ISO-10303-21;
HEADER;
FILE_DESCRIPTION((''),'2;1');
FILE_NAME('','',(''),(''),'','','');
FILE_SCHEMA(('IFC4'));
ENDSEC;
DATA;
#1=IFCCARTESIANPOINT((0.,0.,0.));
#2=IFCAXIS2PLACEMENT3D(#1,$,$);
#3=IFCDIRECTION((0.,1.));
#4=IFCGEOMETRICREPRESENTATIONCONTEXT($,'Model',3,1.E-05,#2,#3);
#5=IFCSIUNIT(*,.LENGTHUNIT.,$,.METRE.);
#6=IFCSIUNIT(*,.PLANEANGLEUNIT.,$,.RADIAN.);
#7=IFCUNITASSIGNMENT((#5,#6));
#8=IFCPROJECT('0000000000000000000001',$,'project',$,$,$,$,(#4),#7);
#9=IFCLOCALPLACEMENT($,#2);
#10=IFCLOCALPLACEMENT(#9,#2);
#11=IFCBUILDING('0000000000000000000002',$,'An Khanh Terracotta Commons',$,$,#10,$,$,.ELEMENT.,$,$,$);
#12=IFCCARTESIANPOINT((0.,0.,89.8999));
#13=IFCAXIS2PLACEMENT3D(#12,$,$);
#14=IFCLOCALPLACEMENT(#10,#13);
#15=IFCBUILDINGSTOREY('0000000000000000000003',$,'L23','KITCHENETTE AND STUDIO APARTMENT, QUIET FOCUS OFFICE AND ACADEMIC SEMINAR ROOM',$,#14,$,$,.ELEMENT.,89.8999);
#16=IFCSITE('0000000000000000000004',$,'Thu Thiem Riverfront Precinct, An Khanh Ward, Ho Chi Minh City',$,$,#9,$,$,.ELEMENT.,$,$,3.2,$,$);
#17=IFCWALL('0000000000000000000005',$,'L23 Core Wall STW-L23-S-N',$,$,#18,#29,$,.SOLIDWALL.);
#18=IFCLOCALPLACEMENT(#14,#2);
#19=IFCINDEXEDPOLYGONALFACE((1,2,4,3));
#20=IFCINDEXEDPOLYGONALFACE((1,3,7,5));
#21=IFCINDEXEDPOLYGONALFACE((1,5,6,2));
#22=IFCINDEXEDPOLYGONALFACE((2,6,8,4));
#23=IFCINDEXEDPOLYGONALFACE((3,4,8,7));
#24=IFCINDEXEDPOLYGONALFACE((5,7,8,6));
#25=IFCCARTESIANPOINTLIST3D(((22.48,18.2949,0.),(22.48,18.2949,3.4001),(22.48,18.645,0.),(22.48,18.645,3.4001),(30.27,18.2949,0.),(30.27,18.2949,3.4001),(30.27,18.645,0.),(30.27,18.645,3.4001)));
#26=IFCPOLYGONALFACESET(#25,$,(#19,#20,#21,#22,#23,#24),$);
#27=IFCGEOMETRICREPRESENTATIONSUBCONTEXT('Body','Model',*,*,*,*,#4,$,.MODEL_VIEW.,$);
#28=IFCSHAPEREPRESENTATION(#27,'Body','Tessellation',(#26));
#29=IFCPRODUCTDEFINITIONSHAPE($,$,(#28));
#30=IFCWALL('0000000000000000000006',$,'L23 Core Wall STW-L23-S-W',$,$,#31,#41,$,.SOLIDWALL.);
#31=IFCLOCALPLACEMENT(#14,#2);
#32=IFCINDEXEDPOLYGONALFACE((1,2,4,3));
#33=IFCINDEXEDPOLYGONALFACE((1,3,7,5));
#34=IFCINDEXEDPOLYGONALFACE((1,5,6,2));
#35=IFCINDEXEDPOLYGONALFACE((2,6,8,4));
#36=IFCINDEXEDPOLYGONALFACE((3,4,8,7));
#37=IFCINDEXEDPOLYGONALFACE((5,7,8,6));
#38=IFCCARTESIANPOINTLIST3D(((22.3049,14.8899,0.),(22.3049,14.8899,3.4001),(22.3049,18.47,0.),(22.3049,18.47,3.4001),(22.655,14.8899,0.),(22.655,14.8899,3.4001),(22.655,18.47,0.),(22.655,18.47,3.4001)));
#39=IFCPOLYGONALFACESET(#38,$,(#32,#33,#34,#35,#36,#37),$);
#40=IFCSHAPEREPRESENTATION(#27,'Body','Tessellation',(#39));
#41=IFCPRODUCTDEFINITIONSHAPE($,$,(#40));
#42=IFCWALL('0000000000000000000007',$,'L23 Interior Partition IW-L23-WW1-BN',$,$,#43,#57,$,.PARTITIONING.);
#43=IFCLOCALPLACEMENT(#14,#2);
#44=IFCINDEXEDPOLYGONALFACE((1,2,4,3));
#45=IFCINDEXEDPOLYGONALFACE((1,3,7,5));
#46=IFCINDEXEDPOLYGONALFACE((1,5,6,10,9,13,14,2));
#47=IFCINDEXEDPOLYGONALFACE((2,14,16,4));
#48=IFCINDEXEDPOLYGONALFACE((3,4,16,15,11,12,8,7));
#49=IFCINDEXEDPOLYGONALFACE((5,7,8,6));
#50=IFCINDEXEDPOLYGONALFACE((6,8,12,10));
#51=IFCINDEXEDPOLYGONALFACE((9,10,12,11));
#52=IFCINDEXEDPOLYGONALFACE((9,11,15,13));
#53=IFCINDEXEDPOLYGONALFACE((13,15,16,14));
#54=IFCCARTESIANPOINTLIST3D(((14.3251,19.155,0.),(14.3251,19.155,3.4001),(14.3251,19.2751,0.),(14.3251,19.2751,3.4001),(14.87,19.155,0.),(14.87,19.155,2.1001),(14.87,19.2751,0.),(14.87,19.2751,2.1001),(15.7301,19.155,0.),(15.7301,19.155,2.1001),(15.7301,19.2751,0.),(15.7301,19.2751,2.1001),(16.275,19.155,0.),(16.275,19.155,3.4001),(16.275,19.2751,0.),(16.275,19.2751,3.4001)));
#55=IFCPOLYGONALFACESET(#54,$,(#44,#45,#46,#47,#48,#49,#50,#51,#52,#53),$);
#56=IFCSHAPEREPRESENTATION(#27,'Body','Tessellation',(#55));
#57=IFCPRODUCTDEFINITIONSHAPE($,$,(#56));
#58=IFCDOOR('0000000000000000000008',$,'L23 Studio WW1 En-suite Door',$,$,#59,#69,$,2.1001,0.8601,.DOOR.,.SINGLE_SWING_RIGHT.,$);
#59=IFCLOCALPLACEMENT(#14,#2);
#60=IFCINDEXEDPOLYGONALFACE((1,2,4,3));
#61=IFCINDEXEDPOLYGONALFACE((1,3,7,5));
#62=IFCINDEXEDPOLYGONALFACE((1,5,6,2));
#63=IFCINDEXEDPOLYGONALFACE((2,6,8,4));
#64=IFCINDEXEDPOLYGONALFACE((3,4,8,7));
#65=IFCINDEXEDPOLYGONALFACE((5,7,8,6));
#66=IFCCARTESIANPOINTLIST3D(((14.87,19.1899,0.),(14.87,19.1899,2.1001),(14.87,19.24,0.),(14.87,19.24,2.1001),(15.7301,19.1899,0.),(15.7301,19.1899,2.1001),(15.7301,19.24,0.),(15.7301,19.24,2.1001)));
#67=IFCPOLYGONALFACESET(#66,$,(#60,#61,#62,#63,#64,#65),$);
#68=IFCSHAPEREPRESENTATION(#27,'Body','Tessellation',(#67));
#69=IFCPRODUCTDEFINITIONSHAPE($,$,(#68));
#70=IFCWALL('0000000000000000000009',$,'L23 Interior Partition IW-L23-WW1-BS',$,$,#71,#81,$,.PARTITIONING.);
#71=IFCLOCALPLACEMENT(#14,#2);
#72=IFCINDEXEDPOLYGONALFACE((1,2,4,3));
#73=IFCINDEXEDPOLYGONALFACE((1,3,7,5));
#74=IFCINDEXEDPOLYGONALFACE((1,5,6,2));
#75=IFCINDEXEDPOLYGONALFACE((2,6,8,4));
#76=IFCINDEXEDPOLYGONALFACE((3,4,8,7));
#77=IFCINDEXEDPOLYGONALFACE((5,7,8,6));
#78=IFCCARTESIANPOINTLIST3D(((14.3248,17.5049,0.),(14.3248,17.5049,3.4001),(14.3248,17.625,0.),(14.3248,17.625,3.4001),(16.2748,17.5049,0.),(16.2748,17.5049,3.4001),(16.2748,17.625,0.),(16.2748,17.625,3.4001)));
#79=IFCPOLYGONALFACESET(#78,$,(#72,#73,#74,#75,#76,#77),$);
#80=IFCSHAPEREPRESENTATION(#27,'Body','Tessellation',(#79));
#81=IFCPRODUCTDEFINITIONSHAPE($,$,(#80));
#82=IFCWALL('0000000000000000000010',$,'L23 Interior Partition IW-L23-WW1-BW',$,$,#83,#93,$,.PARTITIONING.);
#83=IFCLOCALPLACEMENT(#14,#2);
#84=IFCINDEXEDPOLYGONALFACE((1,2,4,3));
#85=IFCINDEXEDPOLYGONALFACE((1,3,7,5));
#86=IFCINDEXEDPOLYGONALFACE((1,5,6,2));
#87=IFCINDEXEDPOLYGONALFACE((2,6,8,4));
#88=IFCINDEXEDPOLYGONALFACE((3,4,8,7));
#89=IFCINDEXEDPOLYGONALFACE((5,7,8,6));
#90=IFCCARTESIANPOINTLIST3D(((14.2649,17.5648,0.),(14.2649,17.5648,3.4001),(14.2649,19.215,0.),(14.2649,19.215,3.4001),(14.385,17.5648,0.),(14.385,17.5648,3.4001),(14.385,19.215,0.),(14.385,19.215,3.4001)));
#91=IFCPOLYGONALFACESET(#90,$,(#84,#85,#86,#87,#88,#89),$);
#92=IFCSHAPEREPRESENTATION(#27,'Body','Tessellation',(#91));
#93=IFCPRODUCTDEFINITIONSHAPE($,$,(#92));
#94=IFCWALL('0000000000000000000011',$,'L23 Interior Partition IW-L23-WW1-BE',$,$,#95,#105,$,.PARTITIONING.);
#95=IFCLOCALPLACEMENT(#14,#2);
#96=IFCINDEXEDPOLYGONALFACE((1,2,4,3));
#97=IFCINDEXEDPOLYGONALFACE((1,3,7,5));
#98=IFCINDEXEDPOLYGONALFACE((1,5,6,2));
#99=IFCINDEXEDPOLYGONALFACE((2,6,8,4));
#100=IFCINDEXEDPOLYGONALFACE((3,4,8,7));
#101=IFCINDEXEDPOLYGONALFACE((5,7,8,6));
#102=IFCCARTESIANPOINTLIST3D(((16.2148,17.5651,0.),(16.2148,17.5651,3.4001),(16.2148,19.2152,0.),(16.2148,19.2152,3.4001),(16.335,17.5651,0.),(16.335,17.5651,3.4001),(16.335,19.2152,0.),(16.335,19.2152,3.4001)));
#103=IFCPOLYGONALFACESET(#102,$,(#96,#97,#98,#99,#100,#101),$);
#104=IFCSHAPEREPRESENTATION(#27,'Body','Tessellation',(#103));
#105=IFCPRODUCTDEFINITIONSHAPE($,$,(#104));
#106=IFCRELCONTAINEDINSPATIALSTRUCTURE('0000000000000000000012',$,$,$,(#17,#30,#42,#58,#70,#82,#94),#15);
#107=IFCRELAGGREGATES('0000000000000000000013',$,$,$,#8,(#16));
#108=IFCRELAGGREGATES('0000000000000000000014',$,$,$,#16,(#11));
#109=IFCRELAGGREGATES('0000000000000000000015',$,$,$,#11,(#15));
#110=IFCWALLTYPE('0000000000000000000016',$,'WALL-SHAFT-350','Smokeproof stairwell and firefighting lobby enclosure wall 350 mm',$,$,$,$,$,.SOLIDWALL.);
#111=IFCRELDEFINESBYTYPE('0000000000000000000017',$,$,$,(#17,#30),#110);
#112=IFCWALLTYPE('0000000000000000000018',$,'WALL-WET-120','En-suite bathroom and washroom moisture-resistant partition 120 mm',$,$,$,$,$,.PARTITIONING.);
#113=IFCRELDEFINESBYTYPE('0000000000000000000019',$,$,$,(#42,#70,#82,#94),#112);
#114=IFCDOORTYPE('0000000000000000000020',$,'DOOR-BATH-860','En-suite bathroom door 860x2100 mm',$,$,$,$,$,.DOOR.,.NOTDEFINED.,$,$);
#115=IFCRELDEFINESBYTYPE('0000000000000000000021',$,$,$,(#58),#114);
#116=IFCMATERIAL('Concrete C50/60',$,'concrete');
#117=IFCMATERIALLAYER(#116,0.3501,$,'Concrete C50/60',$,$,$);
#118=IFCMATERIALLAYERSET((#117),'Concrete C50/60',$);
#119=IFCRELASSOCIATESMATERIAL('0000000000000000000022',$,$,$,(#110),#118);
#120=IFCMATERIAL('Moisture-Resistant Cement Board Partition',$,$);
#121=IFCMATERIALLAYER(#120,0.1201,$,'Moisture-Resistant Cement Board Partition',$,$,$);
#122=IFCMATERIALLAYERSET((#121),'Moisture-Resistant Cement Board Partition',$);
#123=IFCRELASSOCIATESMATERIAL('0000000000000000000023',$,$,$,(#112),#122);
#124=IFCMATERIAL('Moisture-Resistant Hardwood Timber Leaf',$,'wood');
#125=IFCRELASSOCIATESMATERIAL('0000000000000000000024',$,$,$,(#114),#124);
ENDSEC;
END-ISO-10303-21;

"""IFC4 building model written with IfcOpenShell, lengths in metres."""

from ifc_helpers import new_model, si_unit, direction, frame, frame_2d, origin, place, context, subcontext, project, spatial, rectangle, extrude, material, layer, layer_set, type_object, element, fill, save


model = new_model("IFC4")

# Units and contexts
model_context = context("Model", 3, precision=1e-05, world=origin(), true_north=direction((0.0, 1.0)))
body_context = subcontext(model_context, "Body", "Model", "MODEL_VIEW")
ifc_project = project(units=[si_unit("LENGTHUNIT", "METRE"), si_unit("PLANEANGLEUNIT", "RADIAN")], contexts=[model_context])

# Site, building, storey
site_placement = place(None, origin())
site = spatial("IfcSite", under=ifc_project, at=site_placement, Name="Thu Thiem Riverfront Precinct, An Khanh Ward, Ho Chi Minh City", CompositionType="ELEMENT", RefElevation=3.2)
building_placement = place(site_placement, origin())
building = spatial("IfcBuilding", under=site, at=building_placement, Name="An Khanh Terracotta Commons", CompositionType="ELEMENT")
storey_placement = place(building_placement, frame((0.0, 0.0, 89.8999)))
storey = spatial("IfcBuildingStorey", under=building, at=storey_placement, Name="L23", Description="KITCHENETTE AND STUDIO APARTMENT, QUIET FOCUS OFFICE AND ACADEMIC SEMINAR ROOM", CompositionType="ELEMENT", Elevation=89.8999)

# Walls
ifc_material_1 = material(Name="Concrete C50/60", Category="concrete")
ifc_layer_1 = layer(ifc_material_1, 0.3501, Name="Concrete C50/60")
ifc_layer_set_1 = layer_set([ifc_layer_1], Name="Concrete C50/60")
wall_type_1 = type_object("IfcWallType", Name="WALL-SHAFT-350", Description="Smokeproof stairwell and firefighting lobby enclosure wall 350 mm", PredefinedType="SOLIDWALL", material=ifc_layer_set_1)
wall_1_placement = place(storey_placement, frame((22.48, 18.47, 0.0), z_axis=(0.0, 0.0, 1.0), x_axis=(1.0, 0.0, 0.0)))
element("IfcWall", 1, at=wall_1_placement, inside=storey, type_object=wall_type_1, Name="L23 Core Wall STW-L23-S-N", PredefinedType="SOLIDWALL", context=body_context, shape_type="SweptSolid", body=[
    extrude(rectangle(XDim=7.79, YDim=0.3501, at=frame_2d((3.895, 0.0))), origin(), (0.0, 0.0, 1.0), 3.4001),
])
wall_2_placement = place(storey_placement, frame((22.48, 14.8899, 0.0), z_axis=(0.0, 0.0, 1.0), x_axis=(0.0, 1.0, 0.0)))
element("IfcWall", 2, at=wall_2_placement, inside=storey, type_object=wall_type_1, Name="L23 Core Wall STW-L23-S-W", PredefinedType="SOLIDWALL", context=body_context, shape_type="SweptSolid", body=[
    extrude(rectangle(XDim=3.5801, YDim=0.3501, at=frame_2d((1.79, 0.0))), origin(), (0.0, 0.0, 1.0), 3.4001),
])

# Wall, opening, door
ifc_material_2 = material(Name="Moisture-Resistant Cement Board Partition")
ifc_layer_2 = layer(ifc_material_2, 0.1201, Name="Moisture-Resistant Cement Board Partition")
ifc_layer_set_2 = layer_set([ifc_layer_2], Name="Moisture-Resistant Cement Board Partition")
wall_type_2 = type_object("IfcWallType", Name="WALL-WET-120", Description="En-suite bathroom and washroom moisture-resistant partition 120 mm", PredefinedType="PARTITIONING", material=ifc_layer_set_2)
wall_3_placement = place(storey_placement, frame((14.325, 19.2151, 0.0), z_axis=(0.0, 0.0, 1.0), x_axis=(1.0, 0.0, 0.0)))
wall_3 = element("IfcWall", 3, at=wall_3_placement, inside=storey, type_object=wall_type_2, Name="L23 Interior Partition IW-L23-WW1-BN", PredefinedType="PARTITIONING", context=body_context, shape_type="SweptSolid", body=[
    extrude(rectangle(XDim=1.95, YDim=0.1201, at=frame_2d((0.9751, 0.0))), origin(), (0.0, 0.0, 1.0), 3.4001),
])
opening_1_placement = place(wall_3_placement, frame((0.5449, 0.0, 0.0)))
opening_1 = element("IfcOpeningElement", 4, at=opening_1_placement, cuts=wall_3, PredefinedType="OPENING", context=body_context, shape_type="SweptSolid", body=[
    extrude(rectangle(XDim=0.8601, YDim=2.1001, at=frame_2d((0.4302, 1.05))), frame((0.0, 0.0701, 0.0), z_axis=(0.0, -1.0, 0.0), x_axis=(1.0, 0.0, 0.0)), (0.0, 0.0, 1.0), 0.1401),
])
ifc_material_3 = material(Name="Moisture-Resistant Hardwood Timber Leaf", Category="wood")
door_type_1 = type_object("IfcDoorType", Name="DOOR-BATH-860", Description="En-suite bathroom door 860x2100 mm", OperationType="NOTDEFINED", PredefinedType="DOOR", material=ifc_material_3)
door_1_placement = place(opening_1_placement, origin())
door_1 = element("IfcDoor", 5, at=door_1_placement, inside=storey, type_object=door_type_1, Name="L23 Studio WW1 En-suite Door", OperationType="SINGLE_SWING_RIGHT", OverallHeight=2.1001, OverallWidth=0.8601, PredefinedType="DOOR", context=body_context, shape_type="SweptSolid", body=[
    extrude(rectangle(XDim=0.8601, YDim=2.1001, at=frame_2d((0.4302, 1.05))), frame((0.0, 0.0249, 0.0), z_axis=(0.0, -1.0, 0.0), x_axis=(1.0, 0.0, 0.0)), (0.0, 0.0, 1.0), 0.05),
])
fill(opening_1, door_1)

# Walls
wall_4_placement = place(storey_placement, frame((16.2749, 17.5649, 0.0), z_axis=(0.0, 0.0, 1.0), x_axis=(-1.0, 0.0, 0.0)))
element("IfcWall", 6, at=wall_4_placement, inside=storey, type_object=wall_type_2, Name="L23 Interior Partition IW-L23-WW1-BS", PredefinedType="PARTITIONING", context=body_context, shape_type="SweptSolid", body=[
    extrude(rectangle(XDim=1.95, YDim=0.1201, at=frame_2d((0.9751, 0.0))), origin(), (0.0, 0.0, 1.0), 3.4001),
])
for number, where, z_axis, x_axis, name in (
    (7, (14.325, 19.2151, 0.0), (0.0, 0.0, 1.0), (0.0, -1.0, 0.0), "L23 Interior Partition IW-L23-WW1-BW"),
    (8, (16.2749, 17.5649, 0.0), (0.0, 0.0, 1.0), (0.0, 1.0, 0.0), "L23 Interior Partition IW-L23-WW1-BE"),
):
    element("IfcWall", number, at=place(storey_placement, frame(where, z_axis=z_axis, x_axis=x_axis)), inside=storey, type_object=wall_type_2, Name=name, PredefinedType="PARTITIONING", context=body_context, shape_type="SweptSolid", body=[
        extrude(rectangle(XDim=1.6501, YDim=0.1201, at=frame_2d((0.8252, 0.0))), origin(), (0.0, 0.0, 1.0), 3.4001),
    ])

save(model, "model.ifc")
